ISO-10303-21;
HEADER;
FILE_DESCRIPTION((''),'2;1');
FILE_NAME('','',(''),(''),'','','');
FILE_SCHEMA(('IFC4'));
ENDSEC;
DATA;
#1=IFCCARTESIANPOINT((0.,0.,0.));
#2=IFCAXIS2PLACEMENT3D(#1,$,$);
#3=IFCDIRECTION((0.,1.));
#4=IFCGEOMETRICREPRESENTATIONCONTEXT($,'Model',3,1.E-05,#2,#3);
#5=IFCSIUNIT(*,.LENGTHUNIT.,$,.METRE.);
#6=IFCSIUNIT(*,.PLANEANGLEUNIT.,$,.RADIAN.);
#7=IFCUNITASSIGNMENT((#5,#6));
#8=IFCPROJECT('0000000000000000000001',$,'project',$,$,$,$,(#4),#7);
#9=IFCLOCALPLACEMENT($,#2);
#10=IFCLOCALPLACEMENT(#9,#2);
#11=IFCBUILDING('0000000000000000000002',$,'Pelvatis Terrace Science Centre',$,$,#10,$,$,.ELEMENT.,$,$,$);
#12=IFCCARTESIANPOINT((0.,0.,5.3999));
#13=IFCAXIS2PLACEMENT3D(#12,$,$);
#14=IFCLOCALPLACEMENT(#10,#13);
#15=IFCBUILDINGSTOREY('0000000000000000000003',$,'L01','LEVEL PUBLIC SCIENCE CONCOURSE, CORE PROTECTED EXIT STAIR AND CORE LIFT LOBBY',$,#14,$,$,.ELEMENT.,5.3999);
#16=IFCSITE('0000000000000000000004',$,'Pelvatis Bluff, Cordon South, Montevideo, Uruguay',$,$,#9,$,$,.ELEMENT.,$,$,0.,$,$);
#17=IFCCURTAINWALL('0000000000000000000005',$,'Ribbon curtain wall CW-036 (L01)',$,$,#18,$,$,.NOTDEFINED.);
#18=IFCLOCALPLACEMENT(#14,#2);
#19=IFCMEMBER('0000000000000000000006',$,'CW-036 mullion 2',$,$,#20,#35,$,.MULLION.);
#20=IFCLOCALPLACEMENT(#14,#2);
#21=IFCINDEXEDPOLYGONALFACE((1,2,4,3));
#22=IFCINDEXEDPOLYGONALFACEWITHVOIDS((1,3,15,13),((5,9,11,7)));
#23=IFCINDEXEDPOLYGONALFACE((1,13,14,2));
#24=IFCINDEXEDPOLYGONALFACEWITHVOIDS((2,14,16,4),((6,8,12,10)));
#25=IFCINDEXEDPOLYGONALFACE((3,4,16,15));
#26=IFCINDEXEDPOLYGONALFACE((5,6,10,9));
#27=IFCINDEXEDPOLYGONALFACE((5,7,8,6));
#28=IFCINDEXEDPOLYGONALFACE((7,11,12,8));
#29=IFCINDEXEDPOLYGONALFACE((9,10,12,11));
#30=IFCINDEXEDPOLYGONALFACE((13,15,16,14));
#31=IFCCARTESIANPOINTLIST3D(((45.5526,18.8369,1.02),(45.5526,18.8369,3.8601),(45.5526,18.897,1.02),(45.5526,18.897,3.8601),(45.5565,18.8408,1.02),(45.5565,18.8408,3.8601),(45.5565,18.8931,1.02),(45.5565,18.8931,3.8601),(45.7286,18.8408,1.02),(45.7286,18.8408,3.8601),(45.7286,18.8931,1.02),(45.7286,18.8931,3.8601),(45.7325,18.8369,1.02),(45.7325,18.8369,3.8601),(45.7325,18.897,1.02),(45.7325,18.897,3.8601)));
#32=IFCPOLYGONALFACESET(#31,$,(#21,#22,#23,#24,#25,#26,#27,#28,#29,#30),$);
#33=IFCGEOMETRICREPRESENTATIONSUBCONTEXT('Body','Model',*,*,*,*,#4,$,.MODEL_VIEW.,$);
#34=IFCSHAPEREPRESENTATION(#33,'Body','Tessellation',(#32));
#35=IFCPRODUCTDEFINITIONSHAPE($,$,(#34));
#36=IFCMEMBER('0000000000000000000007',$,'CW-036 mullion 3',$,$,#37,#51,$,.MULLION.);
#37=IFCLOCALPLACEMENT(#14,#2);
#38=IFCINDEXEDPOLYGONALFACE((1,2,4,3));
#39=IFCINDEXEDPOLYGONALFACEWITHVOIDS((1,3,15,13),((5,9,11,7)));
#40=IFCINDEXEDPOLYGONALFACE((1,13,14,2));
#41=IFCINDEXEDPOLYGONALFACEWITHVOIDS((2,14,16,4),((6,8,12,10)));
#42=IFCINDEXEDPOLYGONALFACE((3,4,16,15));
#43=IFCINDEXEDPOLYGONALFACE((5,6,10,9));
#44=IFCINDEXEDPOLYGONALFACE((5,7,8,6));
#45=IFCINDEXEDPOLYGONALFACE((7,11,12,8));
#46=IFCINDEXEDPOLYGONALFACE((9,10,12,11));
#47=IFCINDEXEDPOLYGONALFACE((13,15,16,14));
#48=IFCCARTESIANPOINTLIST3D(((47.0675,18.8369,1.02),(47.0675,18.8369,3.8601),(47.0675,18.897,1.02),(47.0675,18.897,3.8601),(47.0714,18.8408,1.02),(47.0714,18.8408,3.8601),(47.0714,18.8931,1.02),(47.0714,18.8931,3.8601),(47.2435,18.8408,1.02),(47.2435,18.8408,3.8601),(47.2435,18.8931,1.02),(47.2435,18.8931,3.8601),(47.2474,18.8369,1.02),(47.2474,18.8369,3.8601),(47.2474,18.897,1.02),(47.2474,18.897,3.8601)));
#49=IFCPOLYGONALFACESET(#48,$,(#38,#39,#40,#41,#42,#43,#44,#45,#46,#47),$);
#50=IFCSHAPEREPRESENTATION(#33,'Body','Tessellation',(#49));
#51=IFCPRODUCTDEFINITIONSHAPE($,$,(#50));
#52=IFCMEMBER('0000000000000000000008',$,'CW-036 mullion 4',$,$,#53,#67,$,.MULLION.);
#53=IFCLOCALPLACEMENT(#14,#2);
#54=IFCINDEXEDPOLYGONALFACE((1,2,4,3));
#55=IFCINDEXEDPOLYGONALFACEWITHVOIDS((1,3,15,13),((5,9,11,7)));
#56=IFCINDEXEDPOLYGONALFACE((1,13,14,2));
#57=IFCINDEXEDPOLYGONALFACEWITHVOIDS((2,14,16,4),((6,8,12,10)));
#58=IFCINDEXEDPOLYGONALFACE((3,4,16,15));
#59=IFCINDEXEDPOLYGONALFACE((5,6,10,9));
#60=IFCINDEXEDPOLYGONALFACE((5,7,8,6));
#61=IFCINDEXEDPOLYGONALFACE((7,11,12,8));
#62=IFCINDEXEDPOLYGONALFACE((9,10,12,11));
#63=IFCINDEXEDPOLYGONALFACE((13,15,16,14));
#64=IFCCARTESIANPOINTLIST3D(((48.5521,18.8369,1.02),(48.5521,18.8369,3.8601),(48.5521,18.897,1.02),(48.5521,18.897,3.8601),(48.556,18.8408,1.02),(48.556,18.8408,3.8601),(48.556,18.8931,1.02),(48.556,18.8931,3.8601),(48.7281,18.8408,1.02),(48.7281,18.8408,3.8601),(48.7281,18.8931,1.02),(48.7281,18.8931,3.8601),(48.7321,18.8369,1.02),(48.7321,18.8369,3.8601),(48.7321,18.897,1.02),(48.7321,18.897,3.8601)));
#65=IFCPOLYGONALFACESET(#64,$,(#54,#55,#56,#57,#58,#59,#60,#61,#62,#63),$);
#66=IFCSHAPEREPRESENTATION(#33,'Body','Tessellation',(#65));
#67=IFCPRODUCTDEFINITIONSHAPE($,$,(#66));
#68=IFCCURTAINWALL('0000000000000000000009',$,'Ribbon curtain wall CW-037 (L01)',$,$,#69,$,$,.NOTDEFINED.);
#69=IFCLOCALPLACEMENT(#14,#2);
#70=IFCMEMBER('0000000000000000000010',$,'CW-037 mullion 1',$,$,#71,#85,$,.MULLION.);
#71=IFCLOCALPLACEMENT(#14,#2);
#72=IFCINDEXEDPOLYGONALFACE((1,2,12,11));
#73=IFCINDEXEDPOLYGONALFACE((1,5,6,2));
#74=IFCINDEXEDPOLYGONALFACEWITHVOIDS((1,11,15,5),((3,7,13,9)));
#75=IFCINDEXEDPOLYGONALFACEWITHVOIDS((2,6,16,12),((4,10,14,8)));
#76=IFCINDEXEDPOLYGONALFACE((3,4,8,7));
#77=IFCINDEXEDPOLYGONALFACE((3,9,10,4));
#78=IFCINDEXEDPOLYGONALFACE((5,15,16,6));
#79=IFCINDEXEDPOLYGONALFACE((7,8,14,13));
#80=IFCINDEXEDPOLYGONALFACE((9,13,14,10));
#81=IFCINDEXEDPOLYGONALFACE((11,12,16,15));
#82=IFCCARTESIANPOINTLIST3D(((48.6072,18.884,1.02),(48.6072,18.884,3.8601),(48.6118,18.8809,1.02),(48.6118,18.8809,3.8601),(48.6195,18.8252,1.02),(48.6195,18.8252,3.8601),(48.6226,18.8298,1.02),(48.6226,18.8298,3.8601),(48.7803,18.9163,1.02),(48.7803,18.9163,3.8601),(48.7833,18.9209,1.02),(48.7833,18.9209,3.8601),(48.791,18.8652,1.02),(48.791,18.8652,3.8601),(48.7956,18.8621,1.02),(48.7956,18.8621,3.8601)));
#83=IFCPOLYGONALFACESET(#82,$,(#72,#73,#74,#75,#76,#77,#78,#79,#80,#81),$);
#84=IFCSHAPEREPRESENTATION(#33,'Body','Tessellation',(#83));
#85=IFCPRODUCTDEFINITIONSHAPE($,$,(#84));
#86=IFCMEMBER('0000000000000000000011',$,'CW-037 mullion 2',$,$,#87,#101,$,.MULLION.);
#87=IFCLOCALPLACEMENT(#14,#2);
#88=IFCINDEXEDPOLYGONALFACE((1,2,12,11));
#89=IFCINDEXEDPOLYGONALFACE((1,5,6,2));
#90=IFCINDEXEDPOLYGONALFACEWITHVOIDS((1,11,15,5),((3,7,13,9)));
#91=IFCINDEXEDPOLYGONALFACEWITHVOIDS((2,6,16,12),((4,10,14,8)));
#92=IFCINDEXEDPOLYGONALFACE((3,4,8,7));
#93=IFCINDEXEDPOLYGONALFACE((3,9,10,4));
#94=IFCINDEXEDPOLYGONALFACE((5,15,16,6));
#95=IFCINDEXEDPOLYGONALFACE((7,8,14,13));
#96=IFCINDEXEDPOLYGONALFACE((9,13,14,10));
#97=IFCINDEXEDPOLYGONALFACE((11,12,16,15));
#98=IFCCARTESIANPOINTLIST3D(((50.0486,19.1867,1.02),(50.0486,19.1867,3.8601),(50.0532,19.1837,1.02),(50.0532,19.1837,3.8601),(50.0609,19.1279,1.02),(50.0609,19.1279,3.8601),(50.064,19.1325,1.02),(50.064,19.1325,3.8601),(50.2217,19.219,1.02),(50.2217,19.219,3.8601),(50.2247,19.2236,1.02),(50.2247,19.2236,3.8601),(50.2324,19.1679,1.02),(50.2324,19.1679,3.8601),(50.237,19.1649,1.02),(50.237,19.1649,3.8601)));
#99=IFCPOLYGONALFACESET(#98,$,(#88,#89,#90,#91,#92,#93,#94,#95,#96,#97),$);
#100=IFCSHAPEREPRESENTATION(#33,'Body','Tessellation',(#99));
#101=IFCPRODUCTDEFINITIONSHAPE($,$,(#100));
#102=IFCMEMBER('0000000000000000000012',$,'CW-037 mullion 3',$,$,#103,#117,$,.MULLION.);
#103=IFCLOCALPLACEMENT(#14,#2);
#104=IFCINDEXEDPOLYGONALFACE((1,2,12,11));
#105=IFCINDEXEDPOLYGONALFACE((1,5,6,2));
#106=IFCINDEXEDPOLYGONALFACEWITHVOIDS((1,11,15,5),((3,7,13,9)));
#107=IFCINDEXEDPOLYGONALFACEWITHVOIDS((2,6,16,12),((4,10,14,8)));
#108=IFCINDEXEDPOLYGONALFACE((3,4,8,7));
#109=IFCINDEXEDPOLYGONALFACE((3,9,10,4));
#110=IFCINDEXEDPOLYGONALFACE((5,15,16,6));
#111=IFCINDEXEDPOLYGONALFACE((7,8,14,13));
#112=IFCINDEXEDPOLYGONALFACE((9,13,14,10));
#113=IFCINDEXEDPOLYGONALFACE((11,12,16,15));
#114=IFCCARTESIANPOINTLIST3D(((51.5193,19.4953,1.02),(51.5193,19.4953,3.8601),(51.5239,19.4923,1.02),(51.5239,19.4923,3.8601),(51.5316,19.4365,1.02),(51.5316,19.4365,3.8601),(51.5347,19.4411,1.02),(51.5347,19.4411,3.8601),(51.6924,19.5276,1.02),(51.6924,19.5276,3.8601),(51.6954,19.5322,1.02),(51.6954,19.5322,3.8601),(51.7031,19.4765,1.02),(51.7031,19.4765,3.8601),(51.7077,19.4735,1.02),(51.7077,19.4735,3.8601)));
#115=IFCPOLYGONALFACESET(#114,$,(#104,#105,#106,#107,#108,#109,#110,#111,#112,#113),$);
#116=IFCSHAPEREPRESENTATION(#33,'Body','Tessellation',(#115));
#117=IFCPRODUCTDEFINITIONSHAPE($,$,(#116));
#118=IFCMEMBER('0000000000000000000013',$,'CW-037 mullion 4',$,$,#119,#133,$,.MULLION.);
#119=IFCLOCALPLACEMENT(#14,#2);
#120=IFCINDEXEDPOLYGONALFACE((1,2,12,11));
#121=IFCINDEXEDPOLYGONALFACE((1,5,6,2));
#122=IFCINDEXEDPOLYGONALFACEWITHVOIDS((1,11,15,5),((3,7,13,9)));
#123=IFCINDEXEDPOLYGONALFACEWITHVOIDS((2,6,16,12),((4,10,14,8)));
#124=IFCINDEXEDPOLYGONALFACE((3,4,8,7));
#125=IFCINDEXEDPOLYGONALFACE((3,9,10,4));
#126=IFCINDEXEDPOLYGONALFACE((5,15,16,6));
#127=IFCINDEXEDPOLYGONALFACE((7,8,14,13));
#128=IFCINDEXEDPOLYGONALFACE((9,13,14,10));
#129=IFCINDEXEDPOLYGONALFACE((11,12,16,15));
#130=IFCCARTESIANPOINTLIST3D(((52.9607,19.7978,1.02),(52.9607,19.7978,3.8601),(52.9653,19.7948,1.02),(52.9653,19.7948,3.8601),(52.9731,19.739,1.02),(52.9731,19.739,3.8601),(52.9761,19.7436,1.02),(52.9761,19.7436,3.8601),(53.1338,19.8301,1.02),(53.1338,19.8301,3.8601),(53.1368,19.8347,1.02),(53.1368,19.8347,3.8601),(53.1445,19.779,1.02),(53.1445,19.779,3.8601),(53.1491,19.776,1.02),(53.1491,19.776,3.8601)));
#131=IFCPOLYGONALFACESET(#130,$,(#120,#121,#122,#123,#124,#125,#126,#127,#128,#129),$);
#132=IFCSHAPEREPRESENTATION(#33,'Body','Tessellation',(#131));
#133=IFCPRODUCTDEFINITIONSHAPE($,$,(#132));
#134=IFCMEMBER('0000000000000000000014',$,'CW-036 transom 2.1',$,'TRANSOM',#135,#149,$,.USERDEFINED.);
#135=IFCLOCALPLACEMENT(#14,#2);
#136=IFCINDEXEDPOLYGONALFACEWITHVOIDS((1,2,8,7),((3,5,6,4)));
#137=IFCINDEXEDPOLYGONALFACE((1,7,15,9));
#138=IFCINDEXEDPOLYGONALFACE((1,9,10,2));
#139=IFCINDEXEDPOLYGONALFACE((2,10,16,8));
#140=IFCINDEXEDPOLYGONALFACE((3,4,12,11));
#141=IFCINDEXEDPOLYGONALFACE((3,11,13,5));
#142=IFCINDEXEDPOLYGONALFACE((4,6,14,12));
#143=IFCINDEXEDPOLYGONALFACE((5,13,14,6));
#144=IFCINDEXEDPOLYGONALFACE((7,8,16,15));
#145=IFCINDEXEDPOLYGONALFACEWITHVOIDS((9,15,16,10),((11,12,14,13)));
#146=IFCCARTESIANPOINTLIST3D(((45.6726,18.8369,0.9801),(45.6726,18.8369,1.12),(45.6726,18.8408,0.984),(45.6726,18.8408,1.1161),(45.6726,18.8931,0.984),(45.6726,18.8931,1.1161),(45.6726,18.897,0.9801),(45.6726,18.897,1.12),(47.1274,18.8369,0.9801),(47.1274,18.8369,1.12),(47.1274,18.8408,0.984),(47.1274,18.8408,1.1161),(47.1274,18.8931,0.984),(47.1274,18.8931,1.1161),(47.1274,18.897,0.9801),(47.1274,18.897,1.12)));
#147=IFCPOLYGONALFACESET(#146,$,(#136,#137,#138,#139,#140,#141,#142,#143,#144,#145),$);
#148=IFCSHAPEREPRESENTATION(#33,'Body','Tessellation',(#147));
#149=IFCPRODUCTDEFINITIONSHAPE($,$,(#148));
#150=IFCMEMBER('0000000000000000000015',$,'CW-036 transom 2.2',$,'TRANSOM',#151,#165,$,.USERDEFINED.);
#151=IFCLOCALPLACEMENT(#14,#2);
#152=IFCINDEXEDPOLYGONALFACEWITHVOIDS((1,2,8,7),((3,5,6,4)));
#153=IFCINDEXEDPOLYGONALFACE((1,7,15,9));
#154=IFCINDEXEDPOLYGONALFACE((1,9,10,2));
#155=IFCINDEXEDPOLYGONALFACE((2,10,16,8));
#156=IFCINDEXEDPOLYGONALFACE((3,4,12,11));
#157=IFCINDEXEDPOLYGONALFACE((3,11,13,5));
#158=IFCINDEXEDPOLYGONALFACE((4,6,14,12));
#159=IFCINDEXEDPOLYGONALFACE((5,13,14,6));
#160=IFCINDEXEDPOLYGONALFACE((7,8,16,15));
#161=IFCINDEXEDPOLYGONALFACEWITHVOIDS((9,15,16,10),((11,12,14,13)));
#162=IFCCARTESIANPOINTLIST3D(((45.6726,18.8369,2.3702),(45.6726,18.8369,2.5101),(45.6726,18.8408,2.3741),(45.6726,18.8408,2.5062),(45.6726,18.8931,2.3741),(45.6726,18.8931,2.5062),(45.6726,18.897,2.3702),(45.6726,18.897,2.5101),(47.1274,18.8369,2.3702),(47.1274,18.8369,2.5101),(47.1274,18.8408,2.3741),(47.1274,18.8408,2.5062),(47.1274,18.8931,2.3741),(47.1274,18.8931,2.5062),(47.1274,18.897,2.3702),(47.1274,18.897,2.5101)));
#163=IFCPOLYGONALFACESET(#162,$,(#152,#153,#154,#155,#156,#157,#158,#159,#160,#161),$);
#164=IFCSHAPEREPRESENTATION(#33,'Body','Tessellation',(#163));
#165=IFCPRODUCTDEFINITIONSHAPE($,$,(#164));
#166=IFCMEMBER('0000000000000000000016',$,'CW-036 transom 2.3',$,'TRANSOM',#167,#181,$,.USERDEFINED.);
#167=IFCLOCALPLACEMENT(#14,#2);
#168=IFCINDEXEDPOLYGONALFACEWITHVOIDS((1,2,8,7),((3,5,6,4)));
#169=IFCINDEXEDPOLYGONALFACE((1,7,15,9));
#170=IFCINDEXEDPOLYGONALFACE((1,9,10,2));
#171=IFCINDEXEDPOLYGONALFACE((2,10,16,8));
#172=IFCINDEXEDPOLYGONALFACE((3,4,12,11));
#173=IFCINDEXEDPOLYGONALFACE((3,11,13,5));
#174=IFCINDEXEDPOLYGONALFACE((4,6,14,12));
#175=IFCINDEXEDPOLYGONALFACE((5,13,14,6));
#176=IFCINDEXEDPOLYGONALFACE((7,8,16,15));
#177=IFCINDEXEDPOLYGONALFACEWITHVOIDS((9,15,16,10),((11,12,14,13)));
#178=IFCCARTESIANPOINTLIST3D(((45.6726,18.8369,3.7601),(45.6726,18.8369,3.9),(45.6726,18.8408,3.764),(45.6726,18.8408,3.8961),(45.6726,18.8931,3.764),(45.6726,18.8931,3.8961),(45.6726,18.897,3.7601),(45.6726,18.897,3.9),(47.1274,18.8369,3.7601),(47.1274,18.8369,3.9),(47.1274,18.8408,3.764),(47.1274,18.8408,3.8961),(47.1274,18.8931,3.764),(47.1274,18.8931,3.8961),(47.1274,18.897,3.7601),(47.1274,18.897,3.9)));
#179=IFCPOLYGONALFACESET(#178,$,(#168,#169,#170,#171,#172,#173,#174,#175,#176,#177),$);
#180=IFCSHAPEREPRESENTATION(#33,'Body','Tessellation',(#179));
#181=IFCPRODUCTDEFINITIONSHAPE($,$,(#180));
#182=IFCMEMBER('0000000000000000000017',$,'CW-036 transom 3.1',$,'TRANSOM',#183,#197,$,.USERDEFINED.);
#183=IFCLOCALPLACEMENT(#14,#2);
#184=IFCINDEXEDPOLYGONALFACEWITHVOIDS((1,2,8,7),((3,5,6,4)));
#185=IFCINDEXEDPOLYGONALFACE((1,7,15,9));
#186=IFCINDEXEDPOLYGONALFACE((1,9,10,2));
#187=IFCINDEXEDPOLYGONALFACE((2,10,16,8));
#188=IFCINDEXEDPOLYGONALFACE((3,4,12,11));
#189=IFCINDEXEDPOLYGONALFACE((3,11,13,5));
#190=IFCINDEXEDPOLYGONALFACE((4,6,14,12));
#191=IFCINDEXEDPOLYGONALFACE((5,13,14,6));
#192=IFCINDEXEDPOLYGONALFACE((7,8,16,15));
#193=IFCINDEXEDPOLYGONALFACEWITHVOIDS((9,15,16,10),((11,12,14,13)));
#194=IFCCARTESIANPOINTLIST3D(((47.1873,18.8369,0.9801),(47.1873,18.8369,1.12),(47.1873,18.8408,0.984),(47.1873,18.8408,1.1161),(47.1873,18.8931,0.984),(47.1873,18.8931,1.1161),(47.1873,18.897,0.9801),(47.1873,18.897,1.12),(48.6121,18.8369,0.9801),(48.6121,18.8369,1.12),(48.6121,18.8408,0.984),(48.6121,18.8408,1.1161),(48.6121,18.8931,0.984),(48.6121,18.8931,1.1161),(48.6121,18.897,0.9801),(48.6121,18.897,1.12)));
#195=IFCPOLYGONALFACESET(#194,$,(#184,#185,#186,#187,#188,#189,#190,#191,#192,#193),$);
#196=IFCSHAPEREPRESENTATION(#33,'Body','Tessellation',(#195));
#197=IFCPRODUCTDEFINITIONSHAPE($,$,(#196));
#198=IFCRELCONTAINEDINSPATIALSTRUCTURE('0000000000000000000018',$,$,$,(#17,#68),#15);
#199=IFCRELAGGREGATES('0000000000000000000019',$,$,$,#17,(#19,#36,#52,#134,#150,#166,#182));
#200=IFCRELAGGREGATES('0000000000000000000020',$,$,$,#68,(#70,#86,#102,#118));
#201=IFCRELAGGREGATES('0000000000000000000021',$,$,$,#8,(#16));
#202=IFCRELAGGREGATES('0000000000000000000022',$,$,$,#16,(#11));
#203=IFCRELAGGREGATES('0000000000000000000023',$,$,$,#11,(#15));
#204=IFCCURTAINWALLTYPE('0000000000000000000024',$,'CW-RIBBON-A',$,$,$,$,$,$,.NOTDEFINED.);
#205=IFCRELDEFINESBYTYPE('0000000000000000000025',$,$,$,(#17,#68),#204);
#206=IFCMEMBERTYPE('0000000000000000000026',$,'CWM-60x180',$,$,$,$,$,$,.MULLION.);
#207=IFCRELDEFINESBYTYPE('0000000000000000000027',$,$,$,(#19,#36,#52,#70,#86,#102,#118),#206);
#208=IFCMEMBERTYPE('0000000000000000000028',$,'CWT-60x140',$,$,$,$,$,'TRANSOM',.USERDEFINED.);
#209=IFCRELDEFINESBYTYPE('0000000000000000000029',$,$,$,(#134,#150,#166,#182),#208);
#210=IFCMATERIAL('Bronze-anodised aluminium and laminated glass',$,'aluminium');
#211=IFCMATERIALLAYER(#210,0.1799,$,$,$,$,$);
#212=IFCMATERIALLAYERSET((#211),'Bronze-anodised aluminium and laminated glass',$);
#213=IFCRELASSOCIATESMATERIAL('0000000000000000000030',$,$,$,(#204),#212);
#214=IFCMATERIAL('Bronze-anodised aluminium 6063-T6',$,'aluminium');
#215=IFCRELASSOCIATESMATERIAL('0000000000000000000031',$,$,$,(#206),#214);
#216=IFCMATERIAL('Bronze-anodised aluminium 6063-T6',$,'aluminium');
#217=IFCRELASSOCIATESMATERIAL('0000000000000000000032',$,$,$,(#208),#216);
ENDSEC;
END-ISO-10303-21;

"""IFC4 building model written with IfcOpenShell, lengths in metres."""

from ifc_helpers import new_model, si_unit, direction, frame, origin, origin_2d, place, context, subcontext, project, spatial, hollow_rectangle, extrude, material, layer, layer_set, material_profile, profile_set, type_object, element, aggregate, save


model = new_model("IFC4")

# Units and contexts
model_context = context("Model", 3, precision=1e-05, world=origin(), true_north=direction((0.0, 1.0)))
body_context = subcontext(model_context, "Body", "Model", "MODEL_VIEW")
ifc_project = project(units=[si_unit("LENGTHUNIT", "METRE"), si_unit("PLANEANGLEUNIT", "RADIAN")], contexts=[model_context])

# Site, building, storey
site_placement = place(None, origin())
site = spatial("IfcSite", under=ifc_project, at=site_placement, Name="Pelvatis Bluff, Cordon South, Montevideo, Uruguay", CompositionType="ELEMENT", RefElevation=0.0)
building_placement = place(site_placement, origin())
building = spatial("IfcBuilding", under=site, at=building_placement, Name="Pelvatis Terrace Science Centre", CompositionType="ELEMENT")
storey_placement = place(building_placement, frame((0.0, 0.0, 5.3999)))
storey = spatial("IfcBuildingStorey", under=building, at=storey_placement, Name="L01", Description="LEVEL PUBLIC SCIENCE CONCOURSE, CORE PROTECTED EXIT STAIR AND CORE LIFT LOBBY", CompositionType="ELEMENT", Elevation=5.3999)

# Curtain walls, members
ifc_material_1 = material(Name="Bronze-anodised aluminium and laminated glass", Category="aluminium")
ifc_layer_1 = layer(ifc_material_1, 0.1799)
ifc_layer_set_1 = layer_set([ifc_layer_1], Name="Bronze-anodised aluminium and laminated glass")
curtain_wall_type = type_object("IfcCurtainWallType", Name="CW-RIBBON-A", PredefinedType="NOTDEFINED", material=ifc_layer_set_1)
curtain_wall_1_placement = place(storey_placement, origin())
curtain_wall_1 = element("IfcCurtainWall", 1, at=curtain_wall_1_placement, inside=storey, type_object=curtain_wall_type, Name="Ribbon curtain wall CW-036 (L01)", PredefinedType="NOTDEFINED")
ifc_material_2 = material(Name="Bronze-anodised aluminium 6063-T6", Category="aluminium")
ifc_material_profile_1 = material_profile(ifc_material_2, hollow_rectangle(XDim=0.0601, YDim=0.1799, WallThickness=0.0039, at=origin_2d()), Name="ALU-MUL 60x180")
ifc_profile_set_1 = profile_set([ifc_material_profile_1], Name="Bronze-anodised aluminium 6063-T6")
member_type_1 = type_object("IfcMemberType", Name="CWM-60x180", PredefinedType="MULLION", material=ifc_profile_set_1)
member_1_placement = place(storey_placement, frame((45.6426, 18.8669, 1.02), z_axis=(0.0, 0.0, 1.0), x_axis=(0.0, 1.0, 0.0)))
member_1 = element("IfcMember", 2, at=member_1_placement, type_object=member_type_1, Name="CW-036 mullion 2", PredefinedType="MULLION", context=body_context, shape_type="SweptSolid", body=[
    extrude(hollow_rectangle(XDim=0.0601, YDim=0.1799, WallThickness=0.0039, at=origin_2d()), origin(), (0.0, 0.0, 1.0), 2.8401),
])
member_2_placement = place(storey_placement, frame((47.1575, 18.8669, 1.02), z_axis=(0.0, 0.0, 1.0), x_axis=(0.0, 1.0, 0.0)))
member_2 = element("IfcMember", 3, at=member_2_placement, type_object=member_type_1, Name="CW-036 mullion 3", PredefinedType="MULLION", context=body_context, shape_type="SweptSolid", body=[
    extrude(hollow_rectangle(XDim=0.0601, YDim=0.1799, WallThickness=0.0039, at=origin_2d()), origin(), (0.0, 0.0, 1.0), 2.8401),
])
member_3_placement = place(storey_placement, frame((48.6421, 18.8669, 1.02), z_axis=(0.0, 0.0, 1.0), x_axis=(0.0, 1.0, 0.0)))
member_3 = element("IfcMember", 4, at=member_3_placement, type_object=member_type_1, Name="CW-036 mullion 4", PredefinedType="MULLION", context=body_context, shape_type="SweptSolid", body=[
    extrude(hollow_rectangle(XDim=0.0601, YDim=0.1799, WallThickness=0.0039, at=origin_2d()), origin(), (0.0, 0.0, 1.0), 2.8401),
])
curtain_wall_2_placement = place(storey_placement, origin())
curtain_wall_2 = element("IfcCurtainWall", 5, at=curtain_wall_2_placement, inside=storey, type_object=curtain_wall_type, Name="Ribbon curtain wall CW-037 (L01)", PredefinedType="NOTDEFINED")
member_4_placement = place(storey_placement, frame((48.7014, 18.873, 1.02), z_axis=(0.0, 0.0, 1.0), x_axis=(-0.205398, 0.978679, 0.0)))
member_4 = element("IfcMember", 6, at=member_4_placement, type_object=member_type_1, Name="CW-037 mullion 1", PredefinedType="MULLION", context=body_context, shape_type="SweptSolid", body=[
    extrude(hollow_rectangle(XDim=0.0601, YDim=0.1799, WallThickness=0.0039, at=origin_2d()), origin(), (0.0, 0.0, 1.0), 2.8401),
])
member_5_placement = place(storey_placement, frame((50.1428, 19.1758, 1.02), z_axis=(0.0, 0.0, 1.0), x_axis=(-0.205398, 0.978679, 0.0)))
member_5 = element("IfcMember", 7, at=member_5_placement, type_object=member_type_1, Name="CW-037 mullion 2", PredefinedType="MULLION", context=body_context, shape_type="SweptSolid", body=[
    extrude(hollow_rectangle(XDim=0.0601, YDim=0.1799, WallThickness=0.0039, at=origin_2d()), origin(), (0.0, 0.0, 1.0), 2.8401),
])
member_6_placement = place(storey_placement, frame((51.6135, 19.4844, 1.02), z_axis=(0.0, 0.0, 1.0), x_axis=(-0.205398, 0.978679, 0.0)))
member_6 = element("IfcMember", 8, at=member_6_placement, type_object=member_type_1, Name="CW-037 mullion 3", PredefinedType="MULLION", context=body_context, shape_type="SweptSolid", body=[
    extrude(hollow_rectangle(XDim=0.0601, YDim=0.1799, WallThickness=0.0039, at=origin_2d()), origin(), (0.0, 0.0, 1.0), 2.8401),
])
member_7_placement = place(storey_placement, frame((53.0549, 19.7869, 1.02), z_axis=(0.0, 0.0, 1.0), x_axis=(-0.205398, 0.978679, 0.0)))
member_7 = element("IfcMember", 9, at=member_7_placement, type_object=member_type_1, Name="CW-037 mullion 4", PredefinedType="MULLION", context=body_context, shape_type="SweptSolid", body=[
    extrude(hollow_rectangle(XDim=0.0601, YDim=0.1799, WallThickness=0.0039, at=origin_2d()), origin(), (0.0, 0.0, 1.0), 2.8401),
])

# Members
ifc_material_3 = material(Name="Bronze-anodised aluminium 6063-T6", Category="aluminium")
ifc_material_profile_2 = material_profile(ifc_material_3, hollow_rectangle(XDim=0.0601, YDim=0.1399, WallThickness=0.0039, at=origin_2d()), Name="ALU-TRN 60x140")
ifc_profile_set_2 = profile_set([ifc_material_profile_2], Name="Bronze-anodised aluminium 6063-T6")
member_type_2 = type_object("IfcMemberType", Name="CWT-60x140", ElementType="TRANSOM", PredefinedType="USERDEFINED", material=ifc_profile_set_2)
member_8_placement = place(storey_placement, frame((45.6726, 18.8669, 1.05), z_axis=(1.0, 0.0, 0.0), x_axis=(0.0, 1.0, 0.0)))
member_8 = element("IfcMember", 10, at=member_8_placement, type_object=member_type_2, Name="CW-036 transom 2.1", ObjectType="TRANSOM", PredefinedType="USERDEFINED", context=body_context, shape_type="SweptSolid", body=[
    extrude(hollow_rectangle(XDim=0.0601, YDim=0.1399, WallThickness=0.0039, at=origin_2d()), origin(), (0.0, 0.0, 1.0), 1.4548),
])
member_9_placement = place(storey_placement, frame((45.6726, 18.8669, 2.4402), z_axis=(1.0, 0.0, 0.0), x_axis=(0.0, 1.0, 0.0)))
member_9 = element("IfcMember", 11, at=member_9_placement, type_object=member_type_2, Name="CW-036 transom 2.2", ObjectType="TRANSOM", PredefinedType="USERDEFINED", context=body_context, shape_type="SweptSolid", body=[
    extrude(hollow_rectangle(XDim=0.0601, YDim=0.1399, WallThickness=0.0039, at=origin_2d()), origin(), (0.0, 0.0, 1.0), 1.4548),
])
member_10_placement = place(storey_placement, frame((45.6726, 18.8669, 3.8301), z_axis=(1.0, 0.0, 0.0), x_axis=(0.0, 1.0, 0.0)))
member_10 = element("IfcMember", 12, at=member_10_placement, type_object=member_type_2, Name="CW-036 transom 2.3", ObjectType="TRANSOM", PredefinedType="USERDEFINED", context=body_context, shape_type="SweptSolid", body=[
    extrude(hollow_rectangle(XDim=0.0601, YDim=0.1399, WallThickness=0.0039, at=origin_2d()), origin(), (0.0, 0.0, 1.0), 1.4548),
])
member_11_placement = place(storey_placement, frame((47.1873, 18.8669, 1.05), z_axis=(1.0, 0.0, 0.0), x_axis=(0.0, 1.0, 0.0)))
member_11 = element("IfcMember", 13, at=member_11_placement, type_object=member_type_2, Name="CW-036 transom 3.1", ObjectType="TRANSOM", PredefinedType="USERDEFINED", context=body_context, shape_type="SweptSolid", body=[
    extrude(hollow_rectangle(XDim=0.0601, YDim=0.1399, WallThickness=0.0039, at=origin_2d()), origin(), (0.0, 0.0, 1.0), 1.4248),
])

aggregate(curtain_wall_1, [member_1, member_2, member_3, member_8, member_9, member_10, member_11])
aggregate(curtain_wall_2, [member_4, member_5, member_6, member_7])

save(model, "model.ifc")
